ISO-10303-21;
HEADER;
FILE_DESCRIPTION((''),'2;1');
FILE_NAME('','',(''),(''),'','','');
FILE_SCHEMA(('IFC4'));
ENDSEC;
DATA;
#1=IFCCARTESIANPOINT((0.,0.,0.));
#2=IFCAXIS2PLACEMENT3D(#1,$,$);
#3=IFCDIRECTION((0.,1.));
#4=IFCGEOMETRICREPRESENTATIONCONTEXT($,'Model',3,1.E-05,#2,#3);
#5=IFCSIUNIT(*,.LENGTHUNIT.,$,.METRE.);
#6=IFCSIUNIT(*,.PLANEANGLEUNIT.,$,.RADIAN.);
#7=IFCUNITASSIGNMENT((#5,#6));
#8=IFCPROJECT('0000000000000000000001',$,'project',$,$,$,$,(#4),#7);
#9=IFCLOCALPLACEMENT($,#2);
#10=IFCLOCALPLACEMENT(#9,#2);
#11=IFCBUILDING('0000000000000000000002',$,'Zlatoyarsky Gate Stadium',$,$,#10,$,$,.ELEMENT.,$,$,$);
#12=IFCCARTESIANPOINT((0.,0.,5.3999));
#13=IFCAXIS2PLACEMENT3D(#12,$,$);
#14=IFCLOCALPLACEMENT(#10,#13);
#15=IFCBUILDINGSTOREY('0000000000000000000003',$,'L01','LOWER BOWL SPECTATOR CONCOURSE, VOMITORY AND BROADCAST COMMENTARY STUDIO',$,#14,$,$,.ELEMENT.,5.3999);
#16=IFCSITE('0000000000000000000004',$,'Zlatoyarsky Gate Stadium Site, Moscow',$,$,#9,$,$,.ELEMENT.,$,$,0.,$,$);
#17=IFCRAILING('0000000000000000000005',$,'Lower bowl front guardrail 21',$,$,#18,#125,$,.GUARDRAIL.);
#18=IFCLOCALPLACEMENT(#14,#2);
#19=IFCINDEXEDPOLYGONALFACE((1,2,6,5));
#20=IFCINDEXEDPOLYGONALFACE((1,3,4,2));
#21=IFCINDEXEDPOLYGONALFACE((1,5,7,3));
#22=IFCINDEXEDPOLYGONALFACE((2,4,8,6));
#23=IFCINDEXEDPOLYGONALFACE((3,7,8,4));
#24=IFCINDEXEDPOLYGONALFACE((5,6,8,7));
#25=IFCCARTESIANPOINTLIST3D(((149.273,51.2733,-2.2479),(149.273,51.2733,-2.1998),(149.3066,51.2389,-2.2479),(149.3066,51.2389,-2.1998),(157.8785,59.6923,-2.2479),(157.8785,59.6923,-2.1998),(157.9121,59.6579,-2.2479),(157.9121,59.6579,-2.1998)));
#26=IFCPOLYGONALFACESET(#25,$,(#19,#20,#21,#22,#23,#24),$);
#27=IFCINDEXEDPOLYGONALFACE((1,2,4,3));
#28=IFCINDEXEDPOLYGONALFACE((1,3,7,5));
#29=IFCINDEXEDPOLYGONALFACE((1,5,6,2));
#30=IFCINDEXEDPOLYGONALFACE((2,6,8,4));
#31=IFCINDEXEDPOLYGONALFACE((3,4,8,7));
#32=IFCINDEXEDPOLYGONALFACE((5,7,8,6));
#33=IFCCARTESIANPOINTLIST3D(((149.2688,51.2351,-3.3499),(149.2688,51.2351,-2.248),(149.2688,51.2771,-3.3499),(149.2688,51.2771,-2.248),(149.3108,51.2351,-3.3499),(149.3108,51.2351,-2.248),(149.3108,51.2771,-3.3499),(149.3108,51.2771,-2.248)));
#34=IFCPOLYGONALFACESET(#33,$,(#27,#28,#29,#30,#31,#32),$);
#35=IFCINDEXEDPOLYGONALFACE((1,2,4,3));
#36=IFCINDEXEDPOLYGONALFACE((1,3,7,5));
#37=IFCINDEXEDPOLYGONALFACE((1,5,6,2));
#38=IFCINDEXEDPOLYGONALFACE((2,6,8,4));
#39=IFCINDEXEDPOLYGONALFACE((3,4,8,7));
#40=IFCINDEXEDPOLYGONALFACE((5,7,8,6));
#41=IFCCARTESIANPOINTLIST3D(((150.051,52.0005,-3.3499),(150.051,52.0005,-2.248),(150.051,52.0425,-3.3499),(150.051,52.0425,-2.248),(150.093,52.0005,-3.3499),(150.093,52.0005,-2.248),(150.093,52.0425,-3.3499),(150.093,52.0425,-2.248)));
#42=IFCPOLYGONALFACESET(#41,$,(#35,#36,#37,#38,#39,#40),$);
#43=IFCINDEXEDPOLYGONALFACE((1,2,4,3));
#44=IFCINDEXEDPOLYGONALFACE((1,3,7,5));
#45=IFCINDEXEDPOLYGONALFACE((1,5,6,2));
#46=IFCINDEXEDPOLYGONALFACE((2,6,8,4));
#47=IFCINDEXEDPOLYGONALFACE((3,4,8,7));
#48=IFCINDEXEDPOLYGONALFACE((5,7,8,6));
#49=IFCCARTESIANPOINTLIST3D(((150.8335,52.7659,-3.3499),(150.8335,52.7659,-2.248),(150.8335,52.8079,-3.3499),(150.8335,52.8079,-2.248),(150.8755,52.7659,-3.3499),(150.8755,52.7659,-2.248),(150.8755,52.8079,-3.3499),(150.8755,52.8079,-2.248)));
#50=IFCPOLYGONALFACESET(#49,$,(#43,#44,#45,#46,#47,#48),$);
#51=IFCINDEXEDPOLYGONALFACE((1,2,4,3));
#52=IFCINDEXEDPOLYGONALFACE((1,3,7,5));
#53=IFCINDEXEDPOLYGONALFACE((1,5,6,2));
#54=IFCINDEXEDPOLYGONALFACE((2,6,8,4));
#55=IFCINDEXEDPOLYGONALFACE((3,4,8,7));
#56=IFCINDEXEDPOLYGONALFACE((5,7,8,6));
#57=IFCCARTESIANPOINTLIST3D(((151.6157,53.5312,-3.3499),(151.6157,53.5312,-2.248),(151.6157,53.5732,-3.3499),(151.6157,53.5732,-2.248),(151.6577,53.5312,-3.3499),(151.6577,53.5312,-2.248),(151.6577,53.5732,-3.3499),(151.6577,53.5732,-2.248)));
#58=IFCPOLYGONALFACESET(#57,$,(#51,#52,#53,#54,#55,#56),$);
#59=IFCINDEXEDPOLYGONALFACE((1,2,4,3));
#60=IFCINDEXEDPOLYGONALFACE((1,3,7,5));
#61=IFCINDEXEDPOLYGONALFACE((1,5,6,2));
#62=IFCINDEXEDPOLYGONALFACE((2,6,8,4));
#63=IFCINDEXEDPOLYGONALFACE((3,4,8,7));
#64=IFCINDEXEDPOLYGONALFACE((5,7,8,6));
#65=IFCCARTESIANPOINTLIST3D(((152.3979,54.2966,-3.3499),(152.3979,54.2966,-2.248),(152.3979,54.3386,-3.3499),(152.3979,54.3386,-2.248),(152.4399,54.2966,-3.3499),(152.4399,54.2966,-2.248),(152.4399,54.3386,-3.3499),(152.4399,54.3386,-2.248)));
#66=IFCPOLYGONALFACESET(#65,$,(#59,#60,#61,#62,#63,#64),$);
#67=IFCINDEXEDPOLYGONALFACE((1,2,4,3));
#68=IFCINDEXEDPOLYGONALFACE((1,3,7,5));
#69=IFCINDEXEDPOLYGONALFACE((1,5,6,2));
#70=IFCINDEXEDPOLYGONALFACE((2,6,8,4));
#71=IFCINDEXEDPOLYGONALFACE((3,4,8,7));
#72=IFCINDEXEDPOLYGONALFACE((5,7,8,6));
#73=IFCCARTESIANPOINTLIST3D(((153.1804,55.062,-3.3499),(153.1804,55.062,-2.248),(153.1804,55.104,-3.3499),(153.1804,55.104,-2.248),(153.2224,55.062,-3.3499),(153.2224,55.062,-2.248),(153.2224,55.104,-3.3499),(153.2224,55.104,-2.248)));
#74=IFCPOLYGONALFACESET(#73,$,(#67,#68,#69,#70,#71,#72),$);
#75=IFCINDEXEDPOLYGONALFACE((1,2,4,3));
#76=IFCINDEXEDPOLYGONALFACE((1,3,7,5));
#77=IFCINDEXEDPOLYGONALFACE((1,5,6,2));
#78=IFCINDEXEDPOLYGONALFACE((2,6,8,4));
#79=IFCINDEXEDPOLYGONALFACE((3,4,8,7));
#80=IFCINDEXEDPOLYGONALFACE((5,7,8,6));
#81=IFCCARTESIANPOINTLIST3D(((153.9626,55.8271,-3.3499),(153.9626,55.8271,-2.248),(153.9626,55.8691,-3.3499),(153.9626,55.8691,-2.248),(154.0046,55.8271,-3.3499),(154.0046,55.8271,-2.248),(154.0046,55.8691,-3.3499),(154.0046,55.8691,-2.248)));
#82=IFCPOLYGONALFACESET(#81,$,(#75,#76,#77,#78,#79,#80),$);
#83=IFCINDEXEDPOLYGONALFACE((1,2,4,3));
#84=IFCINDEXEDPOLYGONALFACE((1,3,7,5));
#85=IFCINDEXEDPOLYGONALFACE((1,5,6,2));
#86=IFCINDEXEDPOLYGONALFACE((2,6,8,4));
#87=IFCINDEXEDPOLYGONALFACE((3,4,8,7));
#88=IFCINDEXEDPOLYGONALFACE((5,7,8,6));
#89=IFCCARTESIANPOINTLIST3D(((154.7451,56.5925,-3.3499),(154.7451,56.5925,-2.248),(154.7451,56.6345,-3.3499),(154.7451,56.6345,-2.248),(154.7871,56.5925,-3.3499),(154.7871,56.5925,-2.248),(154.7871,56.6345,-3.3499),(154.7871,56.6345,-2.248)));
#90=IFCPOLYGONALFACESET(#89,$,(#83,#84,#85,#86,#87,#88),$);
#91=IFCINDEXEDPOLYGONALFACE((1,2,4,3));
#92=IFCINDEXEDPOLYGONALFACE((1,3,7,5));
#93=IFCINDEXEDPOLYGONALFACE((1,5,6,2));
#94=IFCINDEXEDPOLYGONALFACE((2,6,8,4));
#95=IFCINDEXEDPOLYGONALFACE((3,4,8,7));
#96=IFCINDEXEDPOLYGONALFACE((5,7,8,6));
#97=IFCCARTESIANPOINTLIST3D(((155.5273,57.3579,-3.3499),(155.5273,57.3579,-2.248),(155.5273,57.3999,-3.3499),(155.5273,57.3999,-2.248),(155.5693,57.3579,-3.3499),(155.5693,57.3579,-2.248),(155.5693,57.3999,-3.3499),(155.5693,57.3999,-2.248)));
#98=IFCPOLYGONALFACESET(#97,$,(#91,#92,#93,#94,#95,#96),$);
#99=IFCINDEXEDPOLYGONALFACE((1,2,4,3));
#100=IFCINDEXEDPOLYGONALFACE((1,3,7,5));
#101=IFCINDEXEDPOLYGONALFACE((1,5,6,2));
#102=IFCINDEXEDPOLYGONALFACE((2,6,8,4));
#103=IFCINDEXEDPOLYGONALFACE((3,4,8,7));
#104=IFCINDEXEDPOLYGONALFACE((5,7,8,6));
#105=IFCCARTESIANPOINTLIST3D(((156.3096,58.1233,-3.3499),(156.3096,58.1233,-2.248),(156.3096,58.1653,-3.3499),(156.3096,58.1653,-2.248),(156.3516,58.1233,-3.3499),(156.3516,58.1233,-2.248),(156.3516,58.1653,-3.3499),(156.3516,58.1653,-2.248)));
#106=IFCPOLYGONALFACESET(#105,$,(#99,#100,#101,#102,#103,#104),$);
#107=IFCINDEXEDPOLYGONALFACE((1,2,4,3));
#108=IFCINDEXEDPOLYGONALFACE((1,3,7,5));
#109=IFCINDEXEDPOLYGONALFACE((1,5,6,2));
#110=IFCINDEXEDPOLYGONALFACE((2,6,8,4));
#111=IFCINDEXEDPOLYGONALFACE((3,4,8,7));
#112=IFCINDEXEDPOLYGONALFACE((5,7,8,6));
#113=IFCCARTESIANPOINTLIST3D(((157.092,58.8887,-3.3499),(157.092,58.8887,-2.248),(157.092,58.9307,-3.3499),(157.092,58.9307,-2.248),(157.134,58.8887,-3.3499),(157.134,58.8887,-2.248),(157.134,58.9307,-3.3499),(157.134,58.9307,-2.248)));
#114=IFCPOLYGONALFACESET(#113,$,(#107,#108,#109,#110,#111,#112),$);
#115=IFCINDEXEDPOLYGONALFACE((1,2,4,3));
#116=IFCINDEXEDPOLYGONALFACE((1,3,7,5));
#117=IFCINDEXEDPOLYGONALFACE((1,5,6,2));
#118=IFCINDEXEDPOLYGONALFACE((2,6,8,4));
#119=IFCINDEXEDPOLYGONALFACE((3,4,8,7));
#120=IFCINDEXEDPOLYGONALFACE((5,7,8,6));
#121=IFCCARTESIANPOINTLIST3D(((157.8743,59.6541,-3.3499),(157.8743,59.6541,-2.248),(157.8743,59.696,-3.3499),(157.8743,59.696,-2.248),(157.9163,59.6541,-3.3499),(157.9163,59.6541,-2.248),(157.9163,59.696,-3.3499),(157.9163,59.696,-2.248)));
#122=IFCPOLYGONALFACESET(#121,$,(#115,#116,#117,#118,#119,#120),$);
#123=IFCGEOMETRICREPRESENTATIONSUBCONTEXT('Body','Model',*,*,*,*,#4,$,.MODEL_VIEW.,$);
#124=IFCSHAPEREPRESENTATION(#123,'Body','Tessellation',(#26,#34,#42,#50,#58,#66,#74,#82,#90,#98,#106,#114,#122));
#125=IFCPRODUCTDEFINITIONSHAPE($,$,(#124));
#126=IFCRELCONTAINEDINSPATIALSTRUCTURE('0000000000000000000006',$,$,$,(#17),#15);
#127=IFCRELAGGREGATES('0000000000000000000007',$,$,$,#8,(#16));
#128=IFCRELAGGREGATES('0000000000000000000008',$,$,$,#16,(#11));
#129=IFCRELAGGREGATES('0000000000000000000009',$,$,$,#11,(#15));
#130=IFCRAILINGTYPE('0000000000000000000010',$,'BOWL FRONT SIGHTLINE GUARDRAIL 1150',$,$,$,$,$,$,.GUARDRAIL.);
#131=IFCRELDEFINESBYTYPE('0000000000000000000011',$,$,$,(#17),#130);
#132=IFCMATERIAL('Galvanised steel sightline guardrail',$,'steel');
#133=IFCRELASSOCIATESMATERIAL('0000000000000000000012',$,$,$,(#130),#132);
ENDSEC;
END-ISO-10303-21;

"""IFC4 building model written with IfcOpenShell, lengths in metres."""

from ifc_helpers import new_model, si_unit, direction, frame, origin, origin_2d, place, context, subcontext, project, spatial, rectangle, extrude, material, type_object, element, save


model = new_model("IFC4")

# Units and contexts
model_context = context("Model", 3, precision=1e-05, world=origin(), true_north=direction((0.0, 1.0)))
body_context = subcontext(model_context, "Body", "Model", "MODEL_VIEW")
ifc_project = project(units=[si_unit("LENGTHUNIT", "METRE"), si_unit("PLANEANGLEUNIT", "RADIAN")], contexts=[model_context])

# Site, building, storey
site_placement = place(None, origin())
site = spatial("IfcSite", under=ifc_project, at=site_placement, Name="Zlatoyarsky Gate Stadium Site, Moscow", CompositionType="ELEMENT", RefElevation=0.0)
building_placement = place(site_placement, origin())
building = spatial("IfcBuilding", under=site, at=building_placement, Name="Zlatoyarsky Gate Stadium", CompositionType="ELEMENT")
storey_placement = place(building_placement, frame((0.0, 0.0, 5.3999)))
storey = spatial("IfcBuildingStorey", under=building, at=storey_placement, Name="L01", Description="LOWER BOWL SPECTATOR CONCOURSE, VOMITORY AND BROADCAST COMMENTARY STUDIO", CompositionType="ELEMENT", Elevation=5.3999)

# Railing
ifc_material_1 = material(Name="Galvanised steel sightline guardrail", Category="steel")
railing_type_1 = type_object("IfcRailingType", Name="BOWL FRONT SIGHTLINE GUARDRAIL 1150", PredefinedType="GUARDRAIL", material=ifc_material_1)
railing_1_placement = place(storey_placement, frame((149.2898, 51.2561, -3.3499)))
element("IfcRailing", 1, at=railing_1_placement, inside=storey, type_object=railing_type_1, Name="Lower bowl front guardrail 21", PredefinedType="GUARDRAIL", context=body_context, shape_type="SweptSolid", body=[
    extrude(rectangle(XDim=0.0481, YDim=0.0481, at=origin_2d()), frame((0.0, 0.0, 1.126), z_axis=(0.714811, 0.699318, 0.0), x_axis=(-0.699318, 0.714811, 0.0)), (0.0, 0.0, 1.0), 12.0388),
    extrude(rectangle(XDim=0.042, YDim=0.042, at=origin_2d()), origin(), (0.0, 0.0, 1.0), 1.1018),
    extrude(rectangle(XDim=0.042, YDim=0.042, at=origin_2d()), frame((0.7822, 0.7654, 0.0)), (0.0, 0.0, 1.0), 1.1018),
    extrude(rectangle(XDim=0.042, YDim=0.042, at=origin_2d()), frame((1.5647, 1.5308, 0.0)), (0.0, 0.0, 1.0), 1.1018),
    extrude(rectangle(XDim=0.042, YDim=0.042, at=origin_2d()), frame((2.3469, 2.2961, 0.0)), (0.0, 0.0, 1.0), 1.1018),
    extrude(rectangle(XDim=0.042, YDim=0.042, at=origin_2d()), frame((3.1292, 3.0615, 0.0)), (0.0, 0.0, 1.0), 1.1018),
    extrude(rectangle(XDim=0.042, YDim=0.042, at=origin_2d()), frame((3.9116, 3.8269, 0.0)), (0.0, 0.0, 1.0), 1.1018),
    extrude(rectangle(XDim=0.042, YDim=0.042, at=origin_2d()), frame((4.6938, 4.592, 0.0)), (0.0, 0.0, 1.0), 1.1018),
    extrude(rectangle(XDim=0.042, YDim=0.042, at=origin_2d()), frame((5.4763, 5.3574, 0.0)), (0.0, 0.0, 1.0), 1.1018),
    extrude(rectangle(XDim=0.042, YDim=0.042, at=origin_2d()), frame((6.2585, 6.1228, 0.0)), (0.0, 0.0, 1.0), 1.1018),
    extrude(rectangle(XDim=0.042, YDim=0.042, at=origin_2d()), frame((7.0408, 6.8882, 0.0)), (0.0, 0.0, 1.0), 1.1018),
    extrude(rectangle(XDim=0.042, YDim=0.042, at=origin_2d()), frame((7.8232, 7.6536, 0.0)), (0.0, 0.0, 1.0), 1.1018),
    extrude(rectangle(XDim=0.042, YDim=0.042, at=origin_2d()), frame((8.6055, 8.4189, 0.0)), (0.0, 0.0, 1.0), 1.1018),
])

save(model, "model.ifc")
